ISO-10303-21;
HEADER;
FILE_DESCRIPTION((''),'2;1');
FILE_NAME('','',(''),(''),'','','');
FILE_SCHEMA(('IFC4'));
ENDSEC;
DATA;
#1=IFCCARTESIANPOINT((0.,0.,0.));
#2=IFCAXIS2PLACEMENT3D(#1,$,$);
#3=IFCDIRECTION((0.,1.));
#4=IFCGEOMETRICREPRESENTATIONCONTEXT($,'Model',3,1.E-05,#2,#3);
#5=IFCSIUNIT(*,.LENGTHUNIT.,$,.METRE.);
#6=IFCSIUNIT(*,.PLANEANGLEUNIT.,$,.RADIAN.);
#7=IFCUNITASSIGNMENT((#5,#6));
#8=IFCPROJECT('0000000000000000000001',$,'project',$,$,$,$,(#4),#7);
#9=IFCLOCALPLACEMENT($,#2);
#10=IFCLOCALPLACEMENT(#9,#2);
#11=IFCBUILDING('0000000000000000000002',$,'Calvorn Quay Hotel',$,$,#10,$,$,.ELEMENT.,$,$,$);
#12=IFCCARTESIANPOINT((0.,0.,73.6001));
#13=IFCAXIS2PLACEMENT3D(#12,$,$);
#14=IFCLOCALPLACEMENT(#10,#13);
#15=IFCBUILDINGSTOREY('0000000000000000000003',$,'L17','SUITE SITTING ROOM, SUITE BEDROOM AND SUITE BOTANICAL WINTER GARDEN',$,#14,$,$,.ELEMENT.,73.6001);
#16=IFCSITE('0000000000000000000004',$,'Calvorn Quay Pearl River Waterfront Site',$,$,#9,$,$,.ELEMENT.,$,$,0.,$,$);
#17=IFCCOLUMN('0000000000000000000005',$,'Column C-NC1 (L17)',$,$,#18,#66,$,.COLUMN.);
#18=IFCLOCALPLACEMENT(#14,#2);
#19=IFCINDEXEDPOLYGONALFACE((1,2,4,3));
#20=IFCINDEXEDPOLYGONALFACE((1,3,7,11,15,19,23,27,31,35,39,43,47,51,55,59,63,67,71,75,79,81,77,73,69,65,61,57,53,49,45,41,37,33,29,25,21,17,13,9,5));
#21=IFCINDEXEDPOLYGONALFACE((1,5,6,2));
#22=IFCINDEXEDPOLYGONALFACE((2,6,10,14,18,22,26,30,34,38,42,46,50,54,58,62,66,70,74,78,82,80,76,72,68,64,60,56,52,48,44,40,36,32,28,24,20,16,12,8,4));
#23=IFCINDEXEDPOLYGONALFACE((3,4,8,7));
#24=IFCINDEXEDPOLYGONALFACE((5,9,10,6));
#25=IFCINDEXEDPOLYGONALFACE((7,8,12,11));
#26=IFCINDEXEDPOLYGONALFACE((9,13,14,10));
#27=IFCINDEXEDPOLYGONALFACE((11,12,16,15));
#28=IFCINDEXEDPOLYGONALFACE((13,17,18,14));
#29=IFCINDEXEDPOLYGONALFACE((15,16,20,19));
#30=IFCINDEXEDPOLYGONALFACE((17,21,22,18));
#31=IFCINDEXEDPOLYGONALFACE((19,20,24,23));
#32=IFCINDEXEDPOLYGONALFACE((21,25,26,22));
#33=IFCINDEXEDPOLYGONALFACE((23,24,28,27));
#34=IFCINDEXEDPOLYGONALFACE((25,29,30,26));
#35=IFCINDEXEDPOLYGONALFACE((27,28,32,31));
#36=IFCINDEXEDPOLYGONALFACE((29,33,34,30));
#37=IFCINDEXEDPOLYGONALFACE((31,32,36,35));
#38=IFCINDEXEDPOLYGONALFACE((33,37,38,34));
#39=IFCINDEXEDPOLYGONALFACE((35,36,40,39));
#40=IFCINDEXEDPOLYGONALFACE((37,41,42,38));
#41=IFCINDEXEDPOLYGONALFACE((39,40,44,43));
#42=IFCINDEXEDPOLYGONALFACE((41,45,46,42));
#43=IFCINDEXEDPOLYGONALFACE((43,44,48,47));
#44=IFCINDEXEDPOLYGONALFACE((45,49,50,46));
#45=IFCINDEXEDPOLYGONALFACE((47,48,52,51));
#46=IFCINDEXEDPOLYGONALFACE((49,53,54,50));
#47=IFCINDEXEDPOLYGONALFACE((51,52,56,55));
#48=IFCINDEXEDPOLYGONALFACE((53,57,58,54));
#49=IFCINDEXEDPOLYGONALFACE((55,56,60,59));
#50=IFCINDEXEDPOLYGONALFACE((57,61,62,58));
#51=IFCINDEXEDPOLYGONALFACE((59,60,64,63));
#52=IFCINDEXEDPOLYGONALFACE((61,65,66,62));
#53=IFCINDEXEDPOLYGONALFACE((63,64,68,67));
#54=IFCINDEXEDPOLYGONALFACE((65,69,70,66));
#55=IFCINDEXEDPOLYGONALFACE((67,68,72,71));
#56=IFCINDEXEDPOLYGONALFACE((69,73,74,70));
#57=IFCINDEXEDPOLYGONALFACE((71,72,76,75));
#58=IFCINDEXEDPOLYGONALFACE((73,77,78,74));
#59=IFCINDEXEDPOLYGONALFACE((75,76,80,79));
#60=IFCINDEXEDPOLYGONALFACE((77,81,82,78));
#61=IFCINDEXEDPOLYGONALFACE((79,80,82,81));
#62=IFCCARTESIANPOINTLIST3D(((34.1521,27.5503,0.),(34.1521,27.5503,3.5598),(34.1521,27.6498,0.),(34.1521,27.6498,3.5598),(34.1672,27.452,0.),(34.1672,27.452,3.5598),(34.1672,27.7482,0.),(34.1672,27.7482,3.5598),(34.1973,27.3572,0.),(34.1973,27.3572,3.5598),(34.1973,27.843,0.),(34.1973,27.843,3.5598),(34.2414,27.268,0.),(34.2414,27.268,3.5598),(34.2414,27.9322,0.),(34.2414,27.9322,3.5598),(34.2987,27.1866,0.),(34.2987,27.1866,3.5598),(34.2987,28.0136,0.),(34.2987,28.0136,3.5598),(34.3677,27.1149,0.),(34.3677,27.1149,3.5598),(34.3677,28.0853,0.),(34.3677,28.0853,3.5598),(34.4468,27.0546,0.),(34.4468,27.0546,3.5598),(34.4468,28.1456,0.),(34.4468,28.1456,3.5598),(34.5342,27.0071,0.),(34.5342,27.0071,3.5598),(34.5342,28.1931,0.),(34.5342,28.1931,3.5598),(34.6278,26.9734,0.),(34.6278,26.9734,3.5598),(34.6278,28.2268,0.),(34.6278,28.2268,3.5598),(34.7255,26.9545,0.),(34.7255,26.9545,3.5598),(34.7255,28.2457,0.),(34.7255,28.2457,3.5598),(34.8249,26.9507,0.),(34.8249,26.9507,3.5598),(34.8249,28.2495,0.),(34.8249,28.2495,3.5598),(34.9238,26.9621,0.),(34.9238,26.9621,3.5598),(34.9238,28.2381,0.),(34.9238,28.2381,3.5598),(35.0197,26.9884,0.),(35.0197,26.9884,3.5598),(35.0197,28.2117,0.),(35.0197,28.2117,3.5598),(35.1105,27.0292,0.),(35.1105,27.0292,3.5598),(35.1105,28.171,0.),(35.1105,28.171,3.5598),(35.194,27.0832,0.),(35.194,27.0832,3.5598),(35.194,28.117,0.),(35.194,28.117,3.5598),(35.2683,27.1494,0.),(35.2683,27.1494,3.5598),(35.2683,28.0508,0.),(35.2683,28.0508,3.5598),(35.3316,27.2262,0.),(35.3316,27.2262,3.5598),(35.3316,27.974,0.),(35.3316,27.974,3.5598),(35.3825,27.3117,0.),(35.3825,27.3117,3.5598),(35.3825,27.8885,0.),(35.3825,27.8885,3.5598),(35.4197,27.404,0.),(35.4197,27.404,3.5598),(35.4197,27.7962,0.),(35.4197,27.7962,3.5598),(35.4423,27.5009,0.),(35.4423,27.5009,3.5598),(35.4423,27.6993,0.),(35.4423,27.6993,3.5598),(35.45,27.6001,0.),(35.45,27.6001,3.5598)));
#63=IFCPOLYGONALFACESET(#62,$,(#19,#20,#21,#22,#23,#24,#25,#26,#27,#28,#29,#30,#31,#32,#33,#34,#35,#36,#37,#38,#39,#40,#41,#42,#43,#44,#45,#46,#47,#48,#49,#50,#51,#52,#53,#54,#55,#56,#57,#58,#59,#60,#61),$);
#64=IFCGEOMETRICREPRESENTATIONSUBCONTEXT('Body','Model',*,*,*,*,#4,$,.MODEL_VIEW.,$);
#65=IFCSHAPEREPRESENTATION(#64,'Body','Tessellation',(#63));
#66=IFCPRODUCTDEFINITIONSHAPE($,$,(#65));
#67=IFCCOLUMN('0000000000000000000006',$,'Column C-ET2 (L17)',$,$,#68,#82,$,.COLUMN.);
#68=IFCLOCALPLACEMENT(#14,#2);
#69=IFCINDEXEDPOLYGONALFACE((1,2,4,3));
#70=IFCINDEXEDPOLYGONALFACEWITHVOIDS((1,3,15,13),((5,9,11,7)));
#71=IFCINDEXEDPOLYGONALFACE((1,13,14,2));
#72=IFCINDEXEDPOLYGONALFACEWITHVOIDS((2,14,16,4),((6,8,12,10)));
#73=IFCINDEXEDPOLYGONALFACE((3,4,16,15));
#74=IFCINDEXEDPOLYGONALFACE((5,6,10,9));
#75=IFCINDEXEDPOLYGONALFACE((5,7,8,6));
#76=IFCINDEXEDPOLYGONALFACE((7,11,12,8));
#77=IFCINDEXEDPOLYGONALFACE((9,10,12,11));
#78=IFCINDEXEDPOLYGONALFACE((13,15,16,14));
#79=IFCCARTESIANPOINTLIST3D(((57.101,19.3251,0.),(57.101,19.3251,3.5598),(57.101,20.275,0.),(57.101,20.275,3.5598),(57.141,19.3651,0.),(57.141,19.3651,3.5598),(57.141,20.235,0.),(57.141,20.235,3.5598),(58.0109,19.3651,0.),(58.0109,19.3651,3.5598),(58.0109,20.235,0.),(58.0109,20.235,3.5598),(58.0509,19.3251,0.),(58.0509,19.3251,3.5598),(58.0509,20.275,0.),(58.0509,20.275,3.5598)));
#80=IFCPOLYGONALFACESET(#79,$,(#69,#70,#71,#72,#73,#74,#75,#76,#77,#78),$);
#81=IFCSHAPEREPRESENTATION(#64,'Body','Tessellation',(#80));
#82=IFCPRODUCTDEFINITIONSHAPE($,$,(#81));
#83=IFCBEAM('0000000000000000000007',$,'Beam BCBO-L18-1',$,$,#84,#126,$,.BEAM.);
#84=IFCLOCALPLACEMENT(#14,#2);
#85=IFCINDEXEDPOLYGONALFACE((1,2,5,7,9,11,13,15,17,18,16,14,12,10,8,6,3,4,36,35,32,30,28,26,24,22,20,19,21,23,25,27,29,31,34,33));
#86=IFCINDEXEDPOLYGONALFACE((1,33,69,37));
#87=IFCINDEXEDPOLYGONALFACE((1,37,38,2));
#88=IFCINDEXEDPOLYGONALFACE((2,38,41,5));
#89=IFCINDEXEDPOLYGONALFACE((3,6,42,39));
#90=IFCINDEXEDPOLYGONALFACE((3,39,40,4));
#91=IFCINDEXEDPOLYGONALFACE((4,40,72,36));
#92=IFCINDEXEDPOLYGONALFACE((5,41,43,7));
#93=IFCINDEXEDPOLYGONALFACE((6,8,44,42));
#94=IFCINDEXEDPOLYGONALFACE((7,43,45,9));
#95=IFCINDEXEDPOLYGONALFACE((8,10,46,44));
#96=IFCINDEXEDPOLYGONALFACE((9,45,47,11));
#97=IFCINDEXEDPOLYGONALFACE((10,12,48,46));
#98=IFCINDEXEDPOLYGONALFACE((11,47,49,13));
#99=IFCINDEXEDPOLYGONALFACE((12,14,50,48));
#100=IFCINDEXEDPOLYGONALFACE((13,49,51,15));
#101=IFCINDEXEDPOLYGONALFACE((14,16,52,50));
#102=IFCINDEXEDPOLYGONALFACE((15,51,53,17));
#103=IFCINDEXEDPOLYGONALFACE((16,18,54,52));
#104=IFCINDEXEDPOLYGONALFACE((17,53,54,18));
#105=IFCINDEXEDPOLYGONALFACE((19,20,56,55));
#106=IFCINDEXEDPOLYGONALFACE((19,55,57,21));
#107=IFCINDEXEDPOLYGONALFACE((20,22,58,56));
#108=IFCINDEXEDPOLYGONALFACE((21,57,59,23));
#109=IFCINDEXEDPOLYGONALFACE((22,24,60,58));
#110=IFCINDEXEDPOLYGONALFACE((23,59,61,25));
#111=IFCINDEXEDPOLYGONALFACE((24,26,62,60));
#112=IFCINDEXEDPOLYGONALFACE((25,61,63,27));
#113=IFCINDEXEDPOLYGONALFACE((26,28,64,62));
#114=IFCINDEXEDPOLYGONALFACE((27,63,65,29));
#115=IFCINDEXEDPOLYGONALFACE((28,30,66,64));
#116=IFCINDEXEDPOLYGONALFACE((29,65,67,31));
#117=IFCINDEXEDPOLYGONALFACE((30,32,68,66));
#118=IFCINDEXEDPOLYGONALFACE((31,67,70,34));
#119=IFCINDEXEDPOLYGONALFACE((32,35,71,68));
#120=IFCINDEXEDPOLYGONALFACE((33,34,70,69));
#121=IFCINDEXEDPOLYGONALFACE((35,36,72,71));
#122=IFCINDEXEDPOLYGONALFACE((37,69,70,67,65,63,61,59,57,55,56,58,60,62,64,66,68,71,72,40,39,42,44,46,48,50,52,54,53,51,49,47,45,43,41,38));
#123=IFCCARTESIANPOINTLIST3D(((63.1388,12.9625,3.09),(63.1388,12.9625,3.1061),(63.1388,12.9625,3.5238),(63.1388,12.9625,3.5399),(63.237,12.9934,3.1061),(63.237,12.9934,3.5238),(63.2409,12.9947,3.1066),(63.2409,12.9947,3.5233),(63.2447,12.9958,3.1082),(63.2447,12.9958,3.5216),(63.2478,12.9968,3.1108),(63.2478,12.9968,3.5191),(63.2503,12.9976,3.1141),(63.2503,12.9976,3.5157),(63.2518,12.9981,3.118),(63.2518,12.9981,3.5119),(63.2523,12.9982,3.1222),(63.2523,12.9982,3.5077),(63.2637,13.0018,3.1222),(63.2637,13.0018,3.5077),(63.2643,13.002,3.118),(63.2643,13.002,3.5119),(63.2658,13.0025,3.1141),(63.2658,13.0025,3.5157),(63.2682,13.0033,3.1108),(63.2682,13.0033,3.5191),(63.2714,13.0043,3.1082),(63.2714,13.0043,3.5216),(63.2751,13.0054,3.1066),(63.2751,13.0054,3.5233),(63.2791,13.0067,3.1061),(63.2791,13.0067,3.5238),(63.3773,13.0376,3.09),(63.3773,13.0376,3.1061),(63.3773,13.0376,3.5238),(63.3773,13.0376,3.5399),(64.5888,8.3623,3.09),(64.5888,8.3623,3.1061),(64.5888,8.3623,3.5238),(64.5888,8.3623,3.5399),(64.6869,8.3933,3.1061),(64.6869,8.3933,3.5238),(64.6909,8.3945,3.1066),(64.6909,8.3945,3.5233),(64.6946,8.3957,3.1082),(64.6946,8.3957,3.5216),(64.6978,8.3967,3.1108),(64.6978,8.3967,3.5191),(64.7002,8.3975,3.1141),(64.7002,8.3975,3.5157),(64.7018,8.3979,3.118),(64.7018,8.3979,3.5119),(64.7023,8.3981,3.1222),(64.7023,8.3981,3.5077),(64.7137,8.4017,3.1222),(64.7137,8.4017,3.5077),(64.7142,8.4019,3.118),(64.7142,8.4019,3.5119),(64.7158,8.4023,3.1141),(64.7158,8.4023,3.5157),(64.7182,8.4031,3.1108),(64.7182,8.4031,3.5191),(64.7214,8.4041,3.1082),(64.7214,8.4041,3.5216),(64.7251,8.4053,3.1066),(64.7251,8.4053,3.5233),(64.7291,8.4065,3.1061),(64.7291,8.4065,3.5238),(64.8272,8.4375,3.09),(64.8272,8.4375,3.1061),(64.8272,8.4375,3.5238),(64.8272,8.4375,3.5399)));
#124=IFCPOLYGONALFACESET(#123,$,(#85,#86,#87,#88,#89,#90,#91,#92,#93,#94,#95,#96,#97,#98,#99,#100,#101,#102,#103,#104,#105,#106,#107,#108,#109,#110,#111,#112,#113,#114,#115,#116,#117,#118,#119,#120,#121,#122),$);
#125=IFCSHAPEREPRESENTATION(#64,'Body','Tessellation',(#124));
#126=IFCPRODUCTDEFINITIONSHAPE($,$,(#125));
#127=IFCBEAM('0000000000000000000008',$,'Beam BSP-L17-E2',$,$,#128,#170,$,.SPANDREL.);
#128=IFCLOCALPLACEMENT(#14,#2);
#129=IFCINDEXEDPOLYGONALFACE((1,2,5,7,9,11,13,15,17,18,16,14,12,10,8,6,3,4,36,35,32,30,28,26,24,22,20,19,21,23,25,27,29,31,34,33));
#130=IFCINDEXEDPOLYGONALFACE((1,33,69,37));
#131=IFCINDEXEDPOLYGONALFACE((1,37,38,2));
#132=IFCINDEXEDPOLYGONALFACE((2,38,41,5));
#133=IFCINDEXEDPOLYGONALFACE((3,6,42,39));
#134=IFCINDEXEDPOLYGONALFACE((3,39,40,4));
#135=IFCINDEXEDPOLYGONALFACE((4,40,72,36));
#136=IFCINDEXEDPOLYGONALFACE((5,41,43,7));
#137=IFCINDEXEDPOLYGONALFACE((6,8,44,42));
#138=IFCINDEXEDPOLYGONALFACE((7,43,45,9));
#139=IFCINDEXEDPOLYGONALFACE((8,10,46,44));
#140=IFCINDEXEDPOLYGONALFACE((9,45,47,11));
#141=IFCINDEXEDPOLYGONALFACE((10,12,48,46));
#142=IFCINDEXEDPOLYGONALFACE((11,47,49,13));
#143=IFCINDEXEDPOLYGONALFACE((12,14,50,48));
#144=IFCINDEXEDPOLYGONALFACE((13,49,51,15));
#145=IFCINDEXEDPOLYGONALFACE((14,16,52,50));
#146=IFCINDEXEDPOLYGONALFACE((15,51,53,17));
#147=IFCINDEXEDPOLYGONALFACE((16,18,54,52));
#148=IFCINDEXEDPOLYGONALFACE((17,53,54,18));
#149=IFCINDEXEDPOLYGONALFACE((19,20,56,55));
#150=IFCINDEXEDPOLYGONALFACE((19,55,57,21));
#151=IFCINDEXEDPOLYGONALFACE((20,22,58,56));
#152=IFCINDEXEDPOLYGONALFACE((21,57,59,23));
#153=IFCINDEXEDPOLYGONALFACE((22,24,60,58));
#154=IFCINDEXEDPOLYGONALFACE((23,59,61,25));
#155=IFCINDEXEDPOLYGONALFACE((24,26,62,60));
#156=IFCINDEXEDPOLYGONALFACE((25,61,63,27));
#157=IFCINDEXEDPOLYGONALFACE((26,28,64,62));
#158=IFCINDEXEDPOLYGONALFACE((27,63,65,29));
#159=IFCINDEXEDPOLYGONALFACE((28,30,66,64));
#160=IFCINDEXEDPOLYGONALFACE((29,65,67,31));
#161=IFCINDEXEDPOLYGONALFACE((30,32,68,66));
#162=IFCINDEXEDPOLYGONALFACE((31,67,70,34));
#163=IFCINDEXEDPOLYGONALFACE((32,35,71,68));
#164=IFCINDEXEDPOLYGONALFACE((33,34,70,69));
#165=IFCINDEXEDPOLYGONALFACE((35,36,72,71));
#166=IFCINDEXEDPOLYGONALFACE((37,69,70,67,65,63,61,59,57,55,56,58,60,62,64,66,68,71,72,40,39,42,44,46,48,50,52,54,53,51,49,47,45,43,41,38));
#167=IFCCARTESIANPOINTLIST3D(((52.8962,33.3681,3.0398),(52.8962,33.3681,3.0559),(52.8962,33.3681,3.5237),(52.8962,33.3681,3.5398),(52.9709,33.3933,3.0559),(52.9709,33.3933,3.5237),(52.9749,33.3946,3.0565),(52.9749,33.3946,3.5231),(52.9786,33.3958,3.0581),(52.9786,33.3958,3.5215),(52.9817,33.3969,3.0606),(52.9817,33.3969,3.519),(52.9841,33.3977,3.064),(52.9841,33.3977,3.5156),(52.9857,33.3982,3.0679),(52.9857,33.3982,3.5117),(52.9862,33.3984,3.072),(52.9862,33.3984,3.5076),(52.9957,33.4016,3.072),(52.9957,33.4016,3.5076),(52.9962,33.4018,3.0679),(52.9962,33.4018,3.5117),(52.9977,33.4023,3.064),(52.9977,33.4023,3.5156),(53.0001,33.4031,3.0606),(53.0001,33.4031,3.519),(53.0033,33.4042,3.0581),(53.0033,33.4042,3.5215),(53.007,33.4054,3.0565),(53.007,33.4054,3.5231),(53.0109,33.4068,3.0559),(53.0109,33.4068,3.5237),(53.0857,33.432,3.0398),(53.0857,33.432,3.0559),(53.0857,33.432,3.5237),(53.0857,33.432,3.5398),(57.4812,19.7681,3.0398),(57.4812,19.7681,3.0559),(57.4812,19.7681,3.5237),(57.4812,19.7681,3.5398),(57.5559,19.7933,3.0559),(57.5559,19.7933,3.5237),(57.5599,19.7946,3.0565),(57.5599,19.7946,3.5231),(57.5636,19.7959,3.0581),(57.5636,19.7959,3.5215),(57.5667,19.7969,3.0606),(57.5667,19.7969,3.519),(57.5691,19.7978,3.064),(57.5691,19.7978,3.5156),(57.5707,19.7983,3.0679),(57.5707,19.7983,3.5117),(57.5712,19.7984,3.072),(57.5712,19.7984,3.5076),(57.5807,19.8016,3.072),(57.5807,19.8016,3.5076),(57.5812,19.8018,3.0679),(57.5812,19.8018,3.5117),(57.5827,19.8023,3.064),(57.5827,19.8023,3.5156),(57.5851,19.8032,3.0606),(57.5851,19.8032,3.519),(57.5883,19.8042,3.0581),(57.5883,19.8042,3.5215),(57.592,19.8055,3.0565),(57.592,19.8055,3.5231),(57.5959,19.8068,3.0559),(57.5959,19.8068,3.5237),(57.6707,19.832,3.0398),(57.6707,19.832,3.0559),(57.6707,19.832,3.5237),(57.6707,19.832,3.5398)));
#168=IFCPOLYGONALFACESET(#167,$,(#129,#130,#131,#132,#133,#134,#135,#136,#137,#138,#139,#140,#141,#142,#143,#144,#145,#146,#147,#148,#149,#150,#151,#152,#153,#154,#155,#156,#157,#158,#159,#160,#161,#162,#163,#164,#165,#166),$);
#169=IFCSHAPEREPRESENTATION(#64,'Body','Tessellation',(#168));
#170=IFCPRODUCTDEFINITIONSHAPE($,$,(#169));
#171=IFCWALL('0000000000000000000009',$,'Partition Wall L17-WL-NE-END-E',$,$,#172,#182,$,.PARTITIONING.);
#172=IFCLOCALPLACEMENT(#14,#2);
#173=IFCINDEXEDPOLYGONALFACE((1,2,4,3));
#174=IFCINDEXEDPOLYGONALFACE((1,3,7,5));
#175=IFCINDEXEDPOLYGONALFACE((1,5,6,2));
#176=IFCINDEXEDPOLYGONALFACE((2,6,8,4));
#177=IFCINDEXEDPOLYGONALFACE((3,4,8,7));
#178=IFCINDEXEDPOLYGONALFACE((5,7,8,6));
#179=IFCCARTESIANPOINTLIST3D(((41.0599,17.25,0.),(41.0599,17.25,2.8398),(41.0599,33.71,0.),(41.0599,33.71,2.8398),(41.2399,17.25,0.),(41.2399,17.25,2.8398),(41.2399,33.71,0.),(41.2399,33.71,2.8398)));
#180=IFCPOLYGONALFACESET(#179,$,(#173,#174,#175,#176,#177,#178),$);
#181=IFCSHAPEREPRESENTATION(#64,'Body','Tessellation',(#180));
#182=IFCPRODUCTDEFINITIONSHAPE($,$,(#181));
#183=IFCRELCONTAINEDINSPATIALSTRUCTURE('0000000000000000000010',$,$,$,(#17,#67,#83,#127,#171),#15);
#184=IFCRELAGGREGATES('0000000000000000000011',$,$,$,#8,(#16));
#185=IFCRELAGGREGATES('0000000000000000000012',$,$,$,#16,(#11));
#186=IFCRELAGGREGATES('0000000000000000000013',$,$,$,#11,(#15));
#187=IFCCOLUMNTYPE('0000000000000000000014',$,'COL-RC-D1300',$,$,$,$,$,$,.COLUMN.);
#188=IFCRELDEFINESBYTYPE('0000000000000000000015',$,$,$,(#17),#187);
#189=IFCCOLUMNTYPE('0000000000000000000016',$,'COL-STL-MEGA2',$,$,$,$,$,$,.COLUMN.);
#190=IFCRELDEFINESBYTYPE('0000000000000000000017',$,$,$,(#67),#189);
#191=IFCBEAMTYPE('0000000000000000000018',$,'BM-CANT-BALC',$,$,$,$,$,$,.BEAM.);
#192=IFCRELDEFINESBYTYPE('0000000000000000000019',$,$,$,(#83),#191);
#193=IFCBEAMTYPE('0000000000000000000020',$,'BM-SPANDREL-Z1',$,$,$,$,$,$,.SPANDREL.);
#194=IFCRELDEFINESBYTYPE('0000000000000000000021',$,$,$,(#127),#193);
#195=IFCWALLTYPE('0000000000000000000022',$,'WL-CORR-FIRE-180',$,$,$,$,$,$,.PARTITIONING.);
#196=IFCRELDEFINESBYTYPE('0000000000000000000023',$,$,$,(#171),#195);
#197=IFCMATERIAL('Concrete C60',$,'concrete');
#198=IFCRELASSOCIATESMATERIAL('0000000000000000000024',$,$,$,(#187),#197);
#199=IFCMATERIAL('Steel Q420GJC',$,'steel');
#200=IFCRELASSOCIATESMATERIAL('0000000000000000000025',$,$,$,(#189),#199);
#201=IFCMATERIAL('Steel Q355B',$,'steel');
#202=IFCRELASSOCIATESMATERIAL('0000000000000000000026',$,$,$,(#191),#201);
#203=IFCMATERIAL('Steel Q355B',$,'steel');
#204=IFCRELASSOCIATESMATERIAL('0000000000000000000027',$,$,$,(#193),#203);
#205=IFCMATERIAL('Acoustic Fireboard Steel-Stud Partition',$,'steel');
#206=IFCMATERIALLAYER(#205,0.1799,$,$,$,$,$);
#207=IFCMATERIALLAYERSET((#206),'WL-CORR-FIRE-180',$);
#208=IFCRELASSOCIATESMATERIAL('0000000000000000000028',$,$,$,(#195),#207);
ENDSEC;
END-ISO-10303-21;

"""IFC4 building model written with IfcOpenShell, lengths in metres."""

from ifc_helpers import new_model, si_unit, direction, frame, frame_2d, origin, origin_2d, place, context, subcontext, project, spatial, rectangle, hollow_rectangle, circle, i_section, extrude, material, layer, layer_set, material_profile, profile_set, type_object, element, save


model = new_model("IFC4")

# Units and contexts
model_context = context("Model", 3, precision=1e-05, world=origin(), true_north=direction((0.0, 1.0)))
body_context = subcontext(model_context, "Body", "Model", "MODEL_VIEW")
ifc_project = project(units=[si_unit("LENGTHUNIT", "METRE"), si_unit("PLANEANGLEUNIT", "RADIAN")], contexts=[model_context])

# Site, building, storey
site_placement = place(None, origin())
site = spatial("IfcSite", under=ifc_project, at=site_placement, Name="Calvorn Quay Pearl River Waterfront Site", CompositionType="ELEMENT", RefElevation=0.0)
building_placement = place(site_placement, origin())
building = spatial("IfcBuilding", under=site, at=building_placement, Name="Calvorn Quay Hotel", CompositionType="ELEMENT")
storey_placement = place(building_placement, frame((0.0, 0.0, 73.6001)))
storey = spatial("IfcBuildingStorey", under=building, at=storey_placement, Name="L17", Description="SUITE SITTING ROOM, SUITE BEDROOM AND SUITE BOTANICAL WINTER GARDEN", CompositionType="ELEMENT", Elevation=73.6001)

# Columns
ifc_material_1 = material(Name="Concrete C60", Category="concrete")
ifc_material_profile_1 = material_profile(ifc_material_1, circle(Radius=0.6499, at=origin_2d()), Name="RCD1300")
ifc_profile_set_1 = profile_set([ifc_material_profile_1], Name="Concrete C60")
column_type_1 = type_object("IfcColumnType", Name="COL-RC-D1300", PredefinedType="COLUMN", material=ifc_profile_set_1)
column_1_placement = place(storey_placement, frame((34.8, 27.6001, 0.0), z_axis=(0.0, 0.0, 1.0), x_axis=(1.0, 0.0, 0.0)))
element("IfcColumn", 1, at=column_1_placement, inside=storey, type_object=column_type_1, Name="Column C-NC1 (L17)", PredefinedType="COLUMN", context=body_context, shape_type="SweptSolid", body=[
    extrude(circle(Radius=0.6499, at=origin_2d()), origin(), (0.0, 0.0, 1.0), 3.5598),
])
ifc_material_2 = material(Name="Steel Q420GJC", Category="steel")
ifc_material_profile_2 = material_profile(ifc_material_2, hollow_rectangle(XDim=0.95, YDim=0.95, WallThickness=0.04, at=origin_2d()), Name="BOX950x950x40")
ifc_profile_set_2 = profile_set([ifc_material_profile_2], Name="Steel Q420GJC")
column_type_2 = type_object("IfcColumnType", Name="COL-STL-MEGA2", PredefinedType="COLUMN", material=ifc_profile_set_2)
column_2_placement = place(storey_placement, frame((57.5759, 19.8, 0.0), z_axis=(0.0, 0.0, 1.0), x_axis=(1.0, 0.0, 0.0)))
element("IfcColumn", 2, at=column_2_placement, inside=storey, type_object=column_type_2, Name="Column C-ET2 (L17)", PredefinedType="COLUMN", context=body_context, shape_type="SweptSolid", body=[
    extrude(hollow_rectangle(XDim=0.95, YDim=0.95, WallThickness=0.04, at=origin_2d()), origin(), (0.0, 0.0, 1.0), 3.5598),
])

# Beams
ifc_material_3 = material(Name="Steel Q355B", Category="steel")
ifc_material_profile_3 = material_profile(ifc_material_3, i_section(OverallWidth=0.25, OverallDepth=0.45, WebThickness=0.012, FlangeThickness=0.0161, FilletRadius=0.0161, at=origin_2d()), Name="HN450x250x12x16")
ifc_profile_set_3 = profile_set([ifc_material_profile_3], Name="Steel Q355B")
beam_type_1 = type_object("IfcBeamType", Name="BM-CANT-BALC", PredefinedType="BEAM", material=ifc_profile_set_3)
beam_1_placement = place(storey_placement, frame((64.708, 8.3999, 3.3149), z_axis=(-0.30062, 0.953744, 0.0), x_axis=(-0.953744, -0.30062, 0.0)))
element("IfcBeam", 3, at=beam_1_placement, inside=storey, type_object=beam_type_1, Name="Beam BCBO-L18-1", PredefinedType="BEAM", context=body_context, shape_type="SweptSolid", body=[
    extrude(i_section(OverallWidth=0.25, OverallDepth=0.45, WebThickness=0.012, FlangeThickness=0.0161, FilletRadius=0.0161, at=origin_2d()), origin(), (0.0, 0.0, 1.0), 4.8232),
])
ifc_material_4 = material(Name="Steel Q355B", Category="steel")
ifc_material_profile_4 = material_profile(ifc_material_4, i_section(OverallWidth=0.2, OverallDepth=0.5, WebThickness=0.01, FlangeThickness=0.0161, FilletRadius=0.0161, at=origin_2d()), Name="HN500x200x10x16")
ifc_profile_set_4 = profile_set([ifc_material_profile_4], Name="Steel Q355B")
beam_type_2 = type_object("IfcBeamType", Name="BM-SPANDREL-Z1", PredefinedType="SPANDREL", material=ifc_profile_set_4)
beam_2_placement = place(storey_placement, frame((57.5759, 19.8, 3.2898), z_axis=(-0.319467, 0.947598, 0.0), x_axis=(-0.947598, -0.319467, 0.0)))
element("IfcBeam", 4, at=beam_2_placement, inside=storey, type_object=beam_type_2, Name="Beam BSP-L17-E2", PredefinedType="SPANDREL", context=body_context, shape_type="SweptSolid", body=[
    extrude(i_section(OverallWidth=0.2, OverallDepth=0.5, WebThickness=0.01, FlangeThickness=0.0161, FilletRadius=0.0161, at=origin_2d()), origin(), (0.0, 0.0, 1.0), 14.3521),
])

# Wall
ifc_material_5 = material(Name="Acoustic Fireboard Steel-Stud Partition", Category="steel")
ifc_layer_1 = layer(ifc_material_5, 0.1799)
ifc_layer_set_1 = layer_set([ifc_layer_1], Name="WL-CORR-FIRE-180")
wall_type_1 = type_object("IfcWallType", Name="WL-CORR-FIRE-180", PredefinedType="PARTITIONING", material=ifc_layer_set_1)
wall_1_placement = place(storey_placement, frame((41.1499, 17.25, 0.0), z_axis=(0.0, 0.0, 1.0), x_axis=(0.0, 1.0, 0.0)))
element("IfcWall", 5, at=wall_1_placement, inside=storey, type_object=wall_type_1, Name="Partition Wall L17-WL-NE-END-E", PredefinedType="PARTITIONING", context=body_context, shape_type="SweptSolid", body=[
    extrude(rectangle(XDim=16.46, YDim=0.1799, at=frame_2d((8.23, 0.0))), origin(), (0.0, 0.0, 1.0), 2.8398),
])

save(model, "model.ifc")
